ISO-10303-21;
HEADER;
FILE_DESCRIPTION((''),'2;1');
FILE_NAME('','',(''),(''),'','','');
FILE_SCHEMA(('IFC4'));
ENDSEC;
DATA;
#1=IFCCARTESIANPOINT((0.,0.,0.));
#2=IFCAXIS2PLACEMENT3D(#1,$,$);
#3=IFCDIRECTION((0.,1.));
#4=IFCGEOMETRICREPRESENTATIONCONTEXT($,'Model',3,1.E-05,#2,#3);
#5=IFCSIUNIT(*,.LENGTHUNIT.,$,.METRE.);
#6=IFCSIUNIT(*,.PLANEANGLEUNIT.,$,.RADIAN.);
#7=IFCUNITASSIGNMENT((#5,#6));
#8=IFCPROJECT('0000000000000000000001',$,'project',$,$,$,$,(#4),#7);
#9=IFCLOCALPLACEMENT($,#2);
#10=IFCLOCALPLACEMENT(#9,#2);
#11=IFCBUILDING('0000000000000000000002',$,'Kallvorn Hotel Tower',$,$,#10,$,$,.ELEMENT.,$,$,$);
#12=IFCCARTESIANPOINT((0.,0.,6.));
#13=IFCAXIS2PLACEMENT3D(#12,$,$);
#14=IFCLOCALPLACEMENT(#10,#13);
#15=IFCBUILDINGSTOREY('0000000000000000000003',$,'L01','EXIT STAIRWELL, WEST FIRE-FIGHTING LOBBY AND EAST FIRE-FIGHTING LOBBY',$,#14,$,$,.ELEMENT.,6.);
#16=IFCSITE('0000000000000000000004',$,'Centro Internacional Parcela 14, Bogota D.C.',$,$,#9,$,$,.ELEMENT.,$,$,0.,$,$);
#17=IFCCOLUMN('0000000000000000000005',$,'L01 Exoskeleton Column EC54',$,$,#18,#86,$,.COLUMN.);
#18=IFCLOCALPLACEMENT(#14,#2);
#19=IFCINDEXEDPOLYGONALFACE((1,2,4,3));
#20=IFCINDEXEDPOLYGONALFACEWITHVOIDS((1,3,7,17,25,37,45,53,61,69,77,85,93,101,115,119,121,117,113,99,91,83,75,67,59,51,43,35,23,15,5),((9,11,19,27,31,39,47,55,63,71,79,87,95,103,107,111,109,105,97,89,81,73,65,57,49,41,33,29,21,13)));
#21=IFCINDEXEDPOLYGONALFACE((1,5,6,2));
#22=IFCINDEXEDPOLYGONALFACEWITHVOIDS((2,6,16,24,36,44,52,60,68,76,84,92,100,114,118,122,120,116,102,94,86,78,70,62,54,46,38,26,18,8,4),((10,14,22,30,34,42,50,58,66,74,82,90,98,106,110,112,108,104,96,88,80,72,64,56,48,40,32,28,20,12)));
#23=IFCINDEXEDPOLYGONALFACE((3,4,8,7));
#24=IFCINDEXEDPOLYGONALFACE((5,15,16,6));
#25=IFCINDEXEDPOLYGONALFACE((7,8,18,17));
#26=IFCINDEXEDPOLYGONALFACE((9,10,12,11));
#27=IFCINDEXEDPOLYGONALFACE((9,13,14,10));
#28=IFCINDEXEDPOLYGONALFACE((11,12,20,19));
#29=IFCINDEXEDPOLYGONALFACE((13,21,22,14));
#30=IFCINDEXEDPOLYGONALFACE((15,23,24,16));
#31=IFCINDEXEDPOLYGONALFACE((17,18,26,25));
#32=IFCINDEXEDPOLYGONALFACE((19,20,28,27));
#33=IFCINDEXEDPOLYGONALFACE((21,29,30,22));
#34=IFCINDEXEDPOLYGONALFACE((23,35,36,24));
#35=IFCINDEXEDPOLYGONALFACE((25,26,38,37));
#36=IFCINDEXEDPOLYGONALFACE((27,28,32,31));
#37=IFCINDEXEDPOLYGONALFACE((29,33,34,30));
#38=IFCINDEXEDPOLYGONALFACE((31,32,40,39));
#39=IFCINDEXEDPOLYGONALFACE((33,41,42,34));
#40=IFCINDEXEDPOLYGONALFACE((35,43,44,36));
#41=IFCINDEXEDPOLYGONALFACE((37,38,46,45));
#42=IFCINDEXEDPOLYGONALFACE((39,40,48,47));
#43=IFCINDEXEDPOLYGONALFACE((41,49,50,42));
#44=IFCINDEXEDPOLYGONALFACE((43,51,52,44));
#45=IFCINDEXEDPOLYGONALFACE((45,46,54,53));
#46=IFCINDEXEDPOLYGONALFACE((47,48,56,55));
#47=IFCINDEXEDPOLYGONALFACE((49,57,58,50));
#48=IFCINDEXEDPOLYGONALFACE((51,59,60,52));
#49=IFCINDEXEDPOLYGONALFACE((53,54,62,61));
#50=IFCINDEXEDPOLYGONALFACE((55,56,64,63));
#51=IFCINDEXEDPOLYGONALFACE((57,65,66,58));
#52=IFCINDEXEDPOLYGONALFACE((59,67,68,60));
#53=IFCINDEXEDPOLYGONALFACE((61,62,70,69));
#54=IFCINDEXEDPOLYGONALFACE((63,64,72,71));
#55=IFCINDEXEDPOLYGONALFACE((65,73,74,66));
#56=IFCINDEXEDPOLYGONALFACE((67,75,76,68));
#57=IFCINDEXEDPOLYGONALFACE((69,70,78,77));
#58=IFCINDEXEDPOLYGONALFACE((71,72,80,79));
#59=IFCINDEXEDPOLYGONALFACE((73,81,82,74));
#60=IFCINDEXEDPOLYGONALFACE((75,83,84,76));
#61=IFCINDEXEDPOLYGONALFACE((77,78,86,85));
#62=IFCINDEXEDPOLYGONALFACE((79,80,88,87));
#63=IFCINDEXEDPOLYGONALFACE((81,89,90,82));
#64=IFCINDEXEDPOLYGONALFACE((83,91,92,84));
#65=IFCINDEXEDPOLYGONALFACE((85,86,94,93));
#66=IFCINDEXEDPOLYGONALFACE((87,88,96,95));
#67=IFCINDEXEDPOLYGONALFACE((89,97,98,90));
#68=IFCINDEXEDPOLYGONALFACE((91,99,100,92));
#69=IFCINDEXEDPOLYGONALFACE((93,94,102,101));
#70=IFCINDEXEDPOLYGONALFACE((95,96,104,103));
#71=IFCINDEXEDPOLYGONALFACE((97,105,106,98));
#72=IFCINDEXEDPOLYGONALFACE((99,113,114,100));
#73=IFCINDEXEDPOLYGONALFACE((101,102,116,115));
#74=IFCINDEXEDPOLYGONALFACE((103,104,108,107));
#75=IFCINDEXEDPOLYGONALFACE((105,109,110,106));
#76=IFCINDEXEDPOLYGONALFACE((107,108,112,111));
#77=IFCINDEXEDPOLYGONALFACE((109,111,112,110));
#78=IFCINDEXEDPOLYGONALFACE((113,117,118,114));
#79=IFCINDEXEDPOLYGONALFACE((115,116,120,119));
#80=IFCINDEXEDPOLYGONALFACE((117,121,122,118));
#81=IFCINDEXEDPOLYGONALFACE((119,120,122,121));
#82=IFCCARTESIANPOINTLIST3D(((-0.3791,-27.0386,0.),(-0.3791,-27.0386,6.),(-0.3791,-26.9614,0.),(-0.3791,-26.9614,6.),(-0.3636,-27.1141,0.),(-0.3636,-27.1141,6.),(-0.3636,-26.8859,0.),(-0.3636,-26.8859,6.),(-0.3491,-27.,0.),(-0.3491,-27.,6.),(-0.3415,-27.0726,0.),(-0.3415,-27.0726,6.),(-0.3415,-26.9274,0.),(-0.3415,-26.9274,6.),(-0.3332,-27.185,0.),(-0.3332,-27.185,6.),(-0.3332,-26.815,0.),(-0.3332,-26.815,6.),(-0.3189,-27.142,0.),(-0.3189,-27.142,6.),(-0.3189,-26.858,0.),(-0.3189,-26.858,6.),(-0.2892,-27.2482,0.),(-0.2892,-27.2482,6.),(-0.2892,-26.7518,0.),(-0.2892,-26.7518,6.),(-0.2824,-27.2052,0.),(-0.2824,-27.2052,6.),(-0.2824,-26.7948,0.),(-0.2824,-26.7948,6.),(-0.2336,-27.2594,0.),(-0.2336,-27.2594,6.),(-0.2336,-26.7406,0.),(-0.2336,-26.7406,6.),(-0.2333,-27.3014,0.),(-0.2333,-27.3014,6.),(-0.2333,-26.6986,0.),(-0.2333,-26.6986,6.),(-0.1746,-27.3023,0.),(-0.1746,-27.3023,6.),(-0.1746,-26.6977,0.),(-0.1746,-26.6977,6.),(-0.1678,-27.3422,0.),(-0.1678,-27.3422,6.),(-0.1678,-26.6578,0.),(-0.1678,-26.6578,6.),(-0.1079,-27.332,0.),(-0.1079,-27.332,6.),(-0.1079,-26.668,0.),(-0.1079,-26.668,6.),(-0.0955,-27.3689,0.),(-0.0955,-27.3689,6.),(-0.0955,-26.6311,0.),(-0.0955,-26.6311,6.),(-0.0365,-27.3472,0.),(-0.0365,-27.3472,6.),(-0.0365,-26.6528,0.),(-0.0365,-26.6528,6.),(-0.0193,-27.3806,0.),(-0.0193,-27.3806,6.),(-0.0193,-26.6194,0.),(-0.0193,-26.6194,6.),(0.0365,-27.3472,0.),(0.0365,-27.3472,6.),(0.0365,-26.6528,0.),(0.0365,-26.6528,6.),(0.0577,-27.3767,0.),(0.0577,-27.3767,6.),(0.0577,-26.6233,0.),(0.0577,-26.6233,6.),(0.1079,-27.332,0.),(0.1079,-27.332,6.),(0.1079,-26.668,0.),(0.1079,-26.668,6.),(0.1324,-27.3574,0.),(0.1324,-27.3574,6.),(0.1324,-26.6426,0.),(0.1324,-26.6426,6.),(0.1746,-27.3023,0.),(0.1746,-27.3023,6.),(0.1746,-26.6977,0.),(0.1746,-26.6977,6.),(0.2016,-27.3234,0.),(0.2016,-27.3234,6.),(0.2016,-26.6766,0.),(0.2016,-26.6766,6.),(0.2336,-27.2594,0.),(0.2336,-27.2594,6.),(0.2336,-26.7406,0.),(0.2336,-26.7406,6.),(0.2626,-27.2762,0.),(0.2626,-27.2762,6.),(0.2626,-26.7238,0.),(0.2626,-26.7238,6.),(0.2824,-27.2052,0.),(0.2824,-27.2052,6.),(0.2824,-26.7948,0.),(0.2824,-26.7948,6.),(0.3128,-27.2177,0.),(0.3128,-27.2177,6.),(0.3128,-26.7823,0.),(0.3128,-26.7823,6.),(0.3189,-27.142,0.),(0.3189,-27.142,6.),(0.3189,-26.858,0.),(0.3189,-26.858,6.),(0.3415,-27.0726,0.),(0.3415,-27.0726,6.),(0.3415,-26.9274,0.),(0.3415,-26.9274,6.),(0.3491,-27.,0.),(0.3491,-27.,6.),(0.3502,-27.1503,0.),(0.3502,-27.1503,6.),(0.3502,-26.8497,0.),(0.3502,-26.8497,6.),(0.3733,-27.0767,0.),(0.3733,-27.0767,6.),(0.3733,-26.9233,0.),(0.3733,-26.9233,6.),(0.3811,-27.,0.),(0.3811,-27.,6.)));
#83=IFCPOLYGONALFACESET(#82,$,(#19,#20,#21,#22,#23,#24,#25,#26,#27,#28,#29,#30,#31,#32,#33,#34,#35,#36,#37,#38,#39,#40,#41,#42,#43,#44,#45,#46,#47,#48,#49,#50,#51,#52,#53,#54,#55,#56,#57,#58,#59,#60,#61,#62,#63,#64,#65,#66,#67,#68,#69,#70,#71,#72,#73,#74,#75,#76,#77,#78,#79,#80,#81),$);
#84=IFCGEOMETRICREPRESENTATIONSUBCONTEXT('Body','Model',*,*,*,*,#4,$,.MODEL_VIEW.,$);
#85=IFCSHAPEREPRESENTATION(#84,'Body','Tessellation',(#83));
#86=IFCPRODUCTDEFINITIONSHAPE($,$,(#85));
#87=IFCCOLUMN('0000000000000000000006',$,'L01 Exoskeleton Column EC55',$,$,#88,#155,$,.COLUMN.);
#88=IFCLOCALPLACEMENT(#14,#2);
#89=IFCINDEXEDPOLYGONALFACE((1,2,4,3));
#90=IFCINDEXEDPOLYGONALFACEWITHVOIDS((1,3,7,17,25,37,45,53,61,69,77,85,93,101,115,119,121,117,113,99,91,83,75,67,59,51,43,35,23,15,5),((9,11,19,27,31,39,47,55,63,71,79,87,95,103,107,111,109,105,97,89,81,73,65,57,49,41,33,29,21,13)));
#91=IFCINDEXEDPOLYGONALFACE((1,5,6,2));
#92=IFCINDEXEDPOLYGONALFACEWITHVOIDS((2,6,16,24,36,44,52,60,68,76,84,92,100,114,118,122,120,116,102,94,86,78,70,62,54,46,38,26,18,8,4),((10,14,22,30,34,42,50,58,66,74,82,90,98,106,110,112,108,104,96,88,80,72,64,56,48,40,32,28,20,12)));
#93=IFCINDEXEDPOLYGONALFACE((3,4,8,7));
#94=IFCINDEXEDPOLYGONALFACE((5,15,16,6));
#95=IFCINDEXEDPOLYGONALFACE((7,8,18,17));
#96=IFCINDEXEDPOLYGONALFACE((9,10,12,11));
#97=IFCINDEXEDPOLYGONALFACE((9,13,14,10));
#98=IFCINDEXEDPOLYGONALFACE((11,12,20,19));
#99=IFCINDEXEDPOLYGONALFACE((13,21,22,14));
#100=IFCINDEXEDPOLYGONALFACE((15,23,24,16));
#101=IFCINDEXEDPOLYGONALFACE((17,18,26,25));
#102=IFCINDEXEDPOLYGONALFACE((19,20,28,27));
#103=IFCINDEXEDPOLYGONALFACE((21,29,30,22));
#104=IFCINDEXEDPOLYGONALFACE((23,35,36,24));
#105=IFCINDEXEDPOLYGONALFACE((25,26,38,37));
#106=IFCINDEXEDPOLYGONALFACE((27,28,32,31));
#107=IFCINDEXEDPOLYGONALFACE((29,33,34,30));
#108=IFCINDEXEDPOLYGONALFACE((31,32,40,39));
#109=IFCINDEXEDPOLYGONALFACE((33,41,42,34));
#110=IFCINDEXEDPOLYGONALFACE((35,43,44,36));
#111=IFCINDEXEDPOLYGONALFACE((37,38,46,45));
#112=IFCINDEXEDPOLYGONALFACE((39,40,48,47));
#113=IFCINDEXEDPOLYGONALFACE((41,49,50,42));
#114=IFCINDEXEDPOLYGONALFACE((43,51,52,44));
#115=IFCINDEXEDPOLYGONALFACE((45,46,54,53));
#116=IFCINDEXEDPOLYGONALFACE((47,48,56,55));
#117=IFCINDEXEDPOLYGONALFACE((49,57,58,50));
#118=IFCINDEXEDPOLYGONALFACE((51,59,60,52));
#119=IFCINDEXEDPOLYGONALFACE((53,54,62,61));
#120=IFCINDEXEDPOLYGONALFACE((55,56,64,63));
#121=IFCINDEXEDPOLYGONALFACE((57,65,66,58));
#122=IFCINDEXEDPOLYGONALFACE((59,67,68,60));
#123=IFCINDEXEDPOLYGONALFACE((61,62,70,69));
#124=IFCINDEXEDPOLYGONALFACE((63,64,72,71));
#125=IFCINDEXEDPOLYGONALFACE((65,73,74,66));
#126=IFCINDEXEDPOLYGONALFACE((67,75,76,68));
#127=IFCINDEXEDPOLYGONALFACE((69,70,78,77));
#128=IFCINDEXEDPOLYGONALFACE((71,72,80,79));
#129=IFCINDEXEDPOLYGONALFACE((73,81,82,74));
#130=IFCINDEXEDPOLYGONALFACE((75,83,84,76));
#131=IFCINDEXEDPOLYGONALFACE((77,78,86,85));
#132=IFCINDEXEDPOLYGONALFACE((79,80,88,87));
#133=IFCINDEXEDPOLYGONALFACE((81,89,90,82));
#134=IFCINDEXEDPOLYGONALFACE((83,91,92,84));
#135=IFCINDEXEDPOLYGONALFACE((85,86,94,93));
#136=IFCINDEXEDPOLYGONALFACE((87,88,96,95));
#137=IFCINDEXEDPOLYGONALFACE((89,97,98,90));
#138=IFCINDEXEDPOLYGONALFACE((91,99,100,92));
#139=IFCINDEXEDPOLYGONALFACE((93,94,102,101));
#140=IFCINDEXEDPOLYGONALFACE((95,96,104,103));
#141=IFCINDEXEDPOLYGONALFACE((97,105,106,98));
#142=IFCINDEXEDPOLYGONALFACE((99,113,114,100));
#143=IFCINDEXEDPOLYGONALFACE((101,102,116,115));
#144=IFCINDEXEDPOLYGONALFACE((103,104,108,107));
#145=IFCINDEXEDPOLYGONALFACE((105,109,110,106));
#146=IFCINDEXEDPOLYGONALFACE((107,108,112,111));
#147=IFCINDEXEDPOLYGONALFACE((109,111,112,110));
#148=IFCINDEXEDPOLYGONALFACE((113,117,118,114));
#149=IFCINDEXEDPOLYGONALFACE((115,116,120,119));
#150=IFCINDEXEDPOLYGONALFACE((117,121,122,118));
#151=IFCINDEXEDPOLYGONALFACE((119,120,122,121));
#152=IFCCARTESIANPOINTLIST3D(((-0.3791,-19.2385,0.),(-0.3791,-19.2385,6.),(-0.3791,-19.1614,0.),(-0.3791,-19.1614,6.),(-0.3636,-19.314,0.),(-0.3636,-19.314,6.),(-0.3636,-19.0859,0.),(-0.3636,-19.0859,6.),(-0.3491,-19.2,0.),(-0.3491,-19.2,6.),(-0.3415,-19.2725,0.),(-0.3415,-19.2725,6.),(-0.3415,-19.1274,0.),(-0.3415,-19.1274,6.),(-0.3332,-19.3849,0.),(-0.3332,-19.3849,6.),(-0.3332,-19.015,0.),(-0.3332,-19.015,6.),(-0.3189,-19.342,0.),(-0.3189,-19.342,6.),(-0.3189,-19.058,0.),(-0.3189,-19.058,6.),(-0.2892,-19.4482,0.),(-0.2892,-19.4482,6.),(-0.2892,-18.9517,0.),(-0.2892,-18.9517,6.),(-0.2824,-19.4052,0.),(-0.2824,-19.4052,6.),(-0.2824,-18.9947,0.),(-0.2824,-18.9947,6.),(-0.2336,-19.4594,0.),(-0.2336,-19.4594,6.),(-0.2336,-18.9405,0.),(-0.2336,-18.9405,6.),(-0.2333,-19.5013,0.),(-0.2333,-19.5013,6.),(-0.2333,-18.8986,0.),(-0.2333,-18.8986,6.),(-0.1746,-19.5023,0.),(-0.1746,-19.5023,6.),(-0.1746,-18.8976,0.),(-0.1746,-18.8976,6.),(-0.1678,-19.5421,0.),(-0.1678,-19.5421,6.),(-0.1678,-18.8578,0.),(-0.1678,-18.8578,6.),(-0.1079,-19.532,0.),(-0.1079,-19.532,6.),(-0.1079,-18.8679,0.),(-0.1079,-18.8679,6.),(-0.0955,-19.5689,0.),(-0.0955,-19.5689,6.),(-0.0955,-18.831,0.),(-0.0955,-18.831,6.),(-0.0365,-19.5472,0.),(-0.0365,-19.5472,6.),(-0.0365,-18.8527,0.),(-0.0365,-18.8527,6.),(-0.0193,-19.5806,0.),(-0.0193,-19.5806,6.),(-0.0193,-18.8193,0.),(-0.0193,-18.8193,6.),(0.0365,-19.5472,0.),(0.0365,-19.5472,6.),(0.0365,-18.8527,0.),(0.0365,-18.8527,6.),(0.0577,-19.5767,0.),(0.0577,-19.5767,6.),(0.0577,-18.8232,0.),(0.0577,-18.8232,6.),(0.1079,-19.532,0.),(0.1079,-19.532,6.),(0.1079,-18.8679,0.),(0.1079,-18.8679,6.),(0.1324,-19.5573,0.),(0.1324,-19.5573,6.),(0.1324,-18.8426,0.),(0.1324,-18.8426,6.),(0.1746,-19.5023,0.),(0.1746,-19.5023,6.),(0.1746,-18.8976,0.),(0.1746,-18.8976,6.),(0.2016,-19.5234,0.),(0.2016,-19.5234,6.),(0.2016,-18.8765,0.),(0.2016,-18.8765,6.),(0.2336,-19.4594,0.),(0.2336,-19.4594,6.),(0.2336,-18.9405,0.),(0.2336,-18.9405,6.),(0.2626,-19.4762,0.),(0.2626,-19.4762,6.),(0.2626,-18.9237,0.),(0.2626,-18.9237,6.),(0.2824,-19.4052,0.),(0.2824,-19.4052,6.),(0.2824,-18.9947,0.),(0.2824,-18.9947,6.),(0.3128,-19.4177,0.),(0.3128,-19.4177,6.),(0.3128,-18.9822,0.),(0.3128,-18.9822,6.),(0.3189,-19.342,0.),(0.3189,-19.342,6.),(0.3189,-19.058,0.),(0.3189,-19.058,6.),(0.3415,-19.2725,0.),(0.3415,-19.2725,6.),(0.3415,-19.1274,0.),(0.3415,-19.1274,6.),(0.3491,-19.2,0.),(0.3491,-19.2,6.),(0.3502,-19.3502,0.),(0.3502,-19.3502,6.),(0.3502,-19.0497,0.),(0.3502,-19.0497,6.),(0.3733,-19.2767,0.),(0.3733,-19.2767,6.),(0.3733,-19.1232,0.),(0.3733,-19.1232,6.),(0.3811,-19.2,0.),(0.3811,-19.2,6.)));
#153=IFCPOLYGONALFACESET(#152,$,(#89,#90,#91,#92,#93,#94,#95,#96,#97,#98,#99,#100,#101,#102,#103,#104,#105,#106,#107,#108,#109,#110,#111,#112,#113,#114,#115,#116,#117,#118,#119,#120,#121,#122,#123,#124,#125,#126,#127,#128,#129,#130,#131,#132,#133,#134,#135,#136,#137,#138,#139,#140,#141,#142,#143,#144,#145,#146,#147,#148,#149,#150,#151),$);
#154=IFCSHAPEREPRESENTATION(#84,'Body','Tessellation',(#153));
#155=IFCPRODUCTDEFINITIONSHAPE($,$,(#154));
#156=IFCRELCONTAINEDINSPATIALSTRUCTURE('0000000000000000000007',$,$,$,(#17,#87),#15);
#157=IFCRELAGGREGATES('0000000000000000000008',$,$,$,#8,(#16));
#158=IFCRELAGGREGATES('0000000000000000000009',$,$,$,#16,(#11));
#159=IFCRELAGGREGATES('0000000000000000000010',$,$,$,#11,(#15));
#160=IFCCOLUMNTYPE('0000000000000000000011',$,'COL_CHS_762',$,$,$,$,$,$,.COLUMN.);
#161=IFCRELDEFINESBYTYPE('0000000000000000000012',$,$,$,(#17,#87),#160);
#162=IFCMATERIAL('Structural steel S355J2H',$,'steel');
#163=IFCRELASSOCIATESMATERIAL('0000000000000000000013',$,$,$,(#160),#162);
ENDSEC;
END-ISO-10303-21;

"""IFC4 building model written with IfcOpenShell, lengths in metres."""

from ifc_helpers import new_model, si_unit, direction, frame, origin, origin_2d, place, context, subcontext, project, spatial, hollow_circle, extrude, material, material_profile, profile_set, type_object, element, save


model = new_model("IFC4")

# Units and contexts
model_context = context("Model", 3, precision=1e-05, world=origin(), true_north=direction((0.0, 1.0)))
body_context = subcontext(model_context, "Body", "Model", "MODEL_VIEW")
ifc_project = project(units=[si_unit("LENGTHUNIT", "METRE"), si_unit("PLANEANGLEUNIT", "RADIAN")], contexts=[model_context])

# Site, building, storey
site_placement = place(None, origin())
site = spatial("IfcSite", under=ifc_project, at=site_placement, Name="Centro Internacional Parcela 14, Bogota D.C.", CompositionType="ELEMENT", RefElevation=0.0)
building_placement = place(site_placement, origin())
building = spatial("IfcBuilding", under=site, at=building_placement, Name="Kallvorn Hotel Tower", CompositionType="ELEMENT")
storey_placement = place(building_placement, frame((0.0, 0.0, 6.0)))
storey = spatial("IfcBuildingStorey", under=building, at=storey_placement, Name="L01", Description="EXIT STAIRWELL, WEST FIRE-FIGHTING LOBBY AND EAST FIRE-FIGHTING LOBBY", CompositionType="ELEMENT", Elevation=6.0)

# Columns
ifc_material_1 = material(Name="Structural steel S355J2H", Category="steel")
ifc_material_profile_1 = material_profile(ifc_material_1, hollow_circle(Radius=0.3811, WallThickness=0.032, at=origin_2d()), Name="CHS 762x32")
ifc_profile_set_1 = profile_set([ifc_material_profile_1], Name="Structural steel S355J2H")
column_type_1 = type_object("IfcColumnType", Name="COL_CHS_762", PredefinedType="COLUMN", material=ifc_profile_set_1)
for number, where, z_axis, x_axis, name in (
    (1, (0.0, -27.0, 0.0), (0.0, 0.0, 1.0), (1.0, 0.0, 0.0), "L01 Exoskeleton Column EC54"),
    (2, (0.0, -19.2, 0.0), (0.0, 0.0, 1.0), (1.0, 0.0, 0.0), "L01 Exoskeleton Column EC55"),
):
    element("IfcColumn", number, at=place(storey_placement, frame(where, z_axis=z_axis, x_axis=x_axis)), inside=storey, type_object=column_type_1, Name=name, PredefinedType="COLUMN", context=body_context, shape_type="SweptSolid", body=[
        extrude(hollow_circle(Radius=0.3811, WallThickness=0.032, at=origin_2d()), origin(), (0.0, 0.0, 1.0), 6.0),
    ])

save(model, "model.ifc")
